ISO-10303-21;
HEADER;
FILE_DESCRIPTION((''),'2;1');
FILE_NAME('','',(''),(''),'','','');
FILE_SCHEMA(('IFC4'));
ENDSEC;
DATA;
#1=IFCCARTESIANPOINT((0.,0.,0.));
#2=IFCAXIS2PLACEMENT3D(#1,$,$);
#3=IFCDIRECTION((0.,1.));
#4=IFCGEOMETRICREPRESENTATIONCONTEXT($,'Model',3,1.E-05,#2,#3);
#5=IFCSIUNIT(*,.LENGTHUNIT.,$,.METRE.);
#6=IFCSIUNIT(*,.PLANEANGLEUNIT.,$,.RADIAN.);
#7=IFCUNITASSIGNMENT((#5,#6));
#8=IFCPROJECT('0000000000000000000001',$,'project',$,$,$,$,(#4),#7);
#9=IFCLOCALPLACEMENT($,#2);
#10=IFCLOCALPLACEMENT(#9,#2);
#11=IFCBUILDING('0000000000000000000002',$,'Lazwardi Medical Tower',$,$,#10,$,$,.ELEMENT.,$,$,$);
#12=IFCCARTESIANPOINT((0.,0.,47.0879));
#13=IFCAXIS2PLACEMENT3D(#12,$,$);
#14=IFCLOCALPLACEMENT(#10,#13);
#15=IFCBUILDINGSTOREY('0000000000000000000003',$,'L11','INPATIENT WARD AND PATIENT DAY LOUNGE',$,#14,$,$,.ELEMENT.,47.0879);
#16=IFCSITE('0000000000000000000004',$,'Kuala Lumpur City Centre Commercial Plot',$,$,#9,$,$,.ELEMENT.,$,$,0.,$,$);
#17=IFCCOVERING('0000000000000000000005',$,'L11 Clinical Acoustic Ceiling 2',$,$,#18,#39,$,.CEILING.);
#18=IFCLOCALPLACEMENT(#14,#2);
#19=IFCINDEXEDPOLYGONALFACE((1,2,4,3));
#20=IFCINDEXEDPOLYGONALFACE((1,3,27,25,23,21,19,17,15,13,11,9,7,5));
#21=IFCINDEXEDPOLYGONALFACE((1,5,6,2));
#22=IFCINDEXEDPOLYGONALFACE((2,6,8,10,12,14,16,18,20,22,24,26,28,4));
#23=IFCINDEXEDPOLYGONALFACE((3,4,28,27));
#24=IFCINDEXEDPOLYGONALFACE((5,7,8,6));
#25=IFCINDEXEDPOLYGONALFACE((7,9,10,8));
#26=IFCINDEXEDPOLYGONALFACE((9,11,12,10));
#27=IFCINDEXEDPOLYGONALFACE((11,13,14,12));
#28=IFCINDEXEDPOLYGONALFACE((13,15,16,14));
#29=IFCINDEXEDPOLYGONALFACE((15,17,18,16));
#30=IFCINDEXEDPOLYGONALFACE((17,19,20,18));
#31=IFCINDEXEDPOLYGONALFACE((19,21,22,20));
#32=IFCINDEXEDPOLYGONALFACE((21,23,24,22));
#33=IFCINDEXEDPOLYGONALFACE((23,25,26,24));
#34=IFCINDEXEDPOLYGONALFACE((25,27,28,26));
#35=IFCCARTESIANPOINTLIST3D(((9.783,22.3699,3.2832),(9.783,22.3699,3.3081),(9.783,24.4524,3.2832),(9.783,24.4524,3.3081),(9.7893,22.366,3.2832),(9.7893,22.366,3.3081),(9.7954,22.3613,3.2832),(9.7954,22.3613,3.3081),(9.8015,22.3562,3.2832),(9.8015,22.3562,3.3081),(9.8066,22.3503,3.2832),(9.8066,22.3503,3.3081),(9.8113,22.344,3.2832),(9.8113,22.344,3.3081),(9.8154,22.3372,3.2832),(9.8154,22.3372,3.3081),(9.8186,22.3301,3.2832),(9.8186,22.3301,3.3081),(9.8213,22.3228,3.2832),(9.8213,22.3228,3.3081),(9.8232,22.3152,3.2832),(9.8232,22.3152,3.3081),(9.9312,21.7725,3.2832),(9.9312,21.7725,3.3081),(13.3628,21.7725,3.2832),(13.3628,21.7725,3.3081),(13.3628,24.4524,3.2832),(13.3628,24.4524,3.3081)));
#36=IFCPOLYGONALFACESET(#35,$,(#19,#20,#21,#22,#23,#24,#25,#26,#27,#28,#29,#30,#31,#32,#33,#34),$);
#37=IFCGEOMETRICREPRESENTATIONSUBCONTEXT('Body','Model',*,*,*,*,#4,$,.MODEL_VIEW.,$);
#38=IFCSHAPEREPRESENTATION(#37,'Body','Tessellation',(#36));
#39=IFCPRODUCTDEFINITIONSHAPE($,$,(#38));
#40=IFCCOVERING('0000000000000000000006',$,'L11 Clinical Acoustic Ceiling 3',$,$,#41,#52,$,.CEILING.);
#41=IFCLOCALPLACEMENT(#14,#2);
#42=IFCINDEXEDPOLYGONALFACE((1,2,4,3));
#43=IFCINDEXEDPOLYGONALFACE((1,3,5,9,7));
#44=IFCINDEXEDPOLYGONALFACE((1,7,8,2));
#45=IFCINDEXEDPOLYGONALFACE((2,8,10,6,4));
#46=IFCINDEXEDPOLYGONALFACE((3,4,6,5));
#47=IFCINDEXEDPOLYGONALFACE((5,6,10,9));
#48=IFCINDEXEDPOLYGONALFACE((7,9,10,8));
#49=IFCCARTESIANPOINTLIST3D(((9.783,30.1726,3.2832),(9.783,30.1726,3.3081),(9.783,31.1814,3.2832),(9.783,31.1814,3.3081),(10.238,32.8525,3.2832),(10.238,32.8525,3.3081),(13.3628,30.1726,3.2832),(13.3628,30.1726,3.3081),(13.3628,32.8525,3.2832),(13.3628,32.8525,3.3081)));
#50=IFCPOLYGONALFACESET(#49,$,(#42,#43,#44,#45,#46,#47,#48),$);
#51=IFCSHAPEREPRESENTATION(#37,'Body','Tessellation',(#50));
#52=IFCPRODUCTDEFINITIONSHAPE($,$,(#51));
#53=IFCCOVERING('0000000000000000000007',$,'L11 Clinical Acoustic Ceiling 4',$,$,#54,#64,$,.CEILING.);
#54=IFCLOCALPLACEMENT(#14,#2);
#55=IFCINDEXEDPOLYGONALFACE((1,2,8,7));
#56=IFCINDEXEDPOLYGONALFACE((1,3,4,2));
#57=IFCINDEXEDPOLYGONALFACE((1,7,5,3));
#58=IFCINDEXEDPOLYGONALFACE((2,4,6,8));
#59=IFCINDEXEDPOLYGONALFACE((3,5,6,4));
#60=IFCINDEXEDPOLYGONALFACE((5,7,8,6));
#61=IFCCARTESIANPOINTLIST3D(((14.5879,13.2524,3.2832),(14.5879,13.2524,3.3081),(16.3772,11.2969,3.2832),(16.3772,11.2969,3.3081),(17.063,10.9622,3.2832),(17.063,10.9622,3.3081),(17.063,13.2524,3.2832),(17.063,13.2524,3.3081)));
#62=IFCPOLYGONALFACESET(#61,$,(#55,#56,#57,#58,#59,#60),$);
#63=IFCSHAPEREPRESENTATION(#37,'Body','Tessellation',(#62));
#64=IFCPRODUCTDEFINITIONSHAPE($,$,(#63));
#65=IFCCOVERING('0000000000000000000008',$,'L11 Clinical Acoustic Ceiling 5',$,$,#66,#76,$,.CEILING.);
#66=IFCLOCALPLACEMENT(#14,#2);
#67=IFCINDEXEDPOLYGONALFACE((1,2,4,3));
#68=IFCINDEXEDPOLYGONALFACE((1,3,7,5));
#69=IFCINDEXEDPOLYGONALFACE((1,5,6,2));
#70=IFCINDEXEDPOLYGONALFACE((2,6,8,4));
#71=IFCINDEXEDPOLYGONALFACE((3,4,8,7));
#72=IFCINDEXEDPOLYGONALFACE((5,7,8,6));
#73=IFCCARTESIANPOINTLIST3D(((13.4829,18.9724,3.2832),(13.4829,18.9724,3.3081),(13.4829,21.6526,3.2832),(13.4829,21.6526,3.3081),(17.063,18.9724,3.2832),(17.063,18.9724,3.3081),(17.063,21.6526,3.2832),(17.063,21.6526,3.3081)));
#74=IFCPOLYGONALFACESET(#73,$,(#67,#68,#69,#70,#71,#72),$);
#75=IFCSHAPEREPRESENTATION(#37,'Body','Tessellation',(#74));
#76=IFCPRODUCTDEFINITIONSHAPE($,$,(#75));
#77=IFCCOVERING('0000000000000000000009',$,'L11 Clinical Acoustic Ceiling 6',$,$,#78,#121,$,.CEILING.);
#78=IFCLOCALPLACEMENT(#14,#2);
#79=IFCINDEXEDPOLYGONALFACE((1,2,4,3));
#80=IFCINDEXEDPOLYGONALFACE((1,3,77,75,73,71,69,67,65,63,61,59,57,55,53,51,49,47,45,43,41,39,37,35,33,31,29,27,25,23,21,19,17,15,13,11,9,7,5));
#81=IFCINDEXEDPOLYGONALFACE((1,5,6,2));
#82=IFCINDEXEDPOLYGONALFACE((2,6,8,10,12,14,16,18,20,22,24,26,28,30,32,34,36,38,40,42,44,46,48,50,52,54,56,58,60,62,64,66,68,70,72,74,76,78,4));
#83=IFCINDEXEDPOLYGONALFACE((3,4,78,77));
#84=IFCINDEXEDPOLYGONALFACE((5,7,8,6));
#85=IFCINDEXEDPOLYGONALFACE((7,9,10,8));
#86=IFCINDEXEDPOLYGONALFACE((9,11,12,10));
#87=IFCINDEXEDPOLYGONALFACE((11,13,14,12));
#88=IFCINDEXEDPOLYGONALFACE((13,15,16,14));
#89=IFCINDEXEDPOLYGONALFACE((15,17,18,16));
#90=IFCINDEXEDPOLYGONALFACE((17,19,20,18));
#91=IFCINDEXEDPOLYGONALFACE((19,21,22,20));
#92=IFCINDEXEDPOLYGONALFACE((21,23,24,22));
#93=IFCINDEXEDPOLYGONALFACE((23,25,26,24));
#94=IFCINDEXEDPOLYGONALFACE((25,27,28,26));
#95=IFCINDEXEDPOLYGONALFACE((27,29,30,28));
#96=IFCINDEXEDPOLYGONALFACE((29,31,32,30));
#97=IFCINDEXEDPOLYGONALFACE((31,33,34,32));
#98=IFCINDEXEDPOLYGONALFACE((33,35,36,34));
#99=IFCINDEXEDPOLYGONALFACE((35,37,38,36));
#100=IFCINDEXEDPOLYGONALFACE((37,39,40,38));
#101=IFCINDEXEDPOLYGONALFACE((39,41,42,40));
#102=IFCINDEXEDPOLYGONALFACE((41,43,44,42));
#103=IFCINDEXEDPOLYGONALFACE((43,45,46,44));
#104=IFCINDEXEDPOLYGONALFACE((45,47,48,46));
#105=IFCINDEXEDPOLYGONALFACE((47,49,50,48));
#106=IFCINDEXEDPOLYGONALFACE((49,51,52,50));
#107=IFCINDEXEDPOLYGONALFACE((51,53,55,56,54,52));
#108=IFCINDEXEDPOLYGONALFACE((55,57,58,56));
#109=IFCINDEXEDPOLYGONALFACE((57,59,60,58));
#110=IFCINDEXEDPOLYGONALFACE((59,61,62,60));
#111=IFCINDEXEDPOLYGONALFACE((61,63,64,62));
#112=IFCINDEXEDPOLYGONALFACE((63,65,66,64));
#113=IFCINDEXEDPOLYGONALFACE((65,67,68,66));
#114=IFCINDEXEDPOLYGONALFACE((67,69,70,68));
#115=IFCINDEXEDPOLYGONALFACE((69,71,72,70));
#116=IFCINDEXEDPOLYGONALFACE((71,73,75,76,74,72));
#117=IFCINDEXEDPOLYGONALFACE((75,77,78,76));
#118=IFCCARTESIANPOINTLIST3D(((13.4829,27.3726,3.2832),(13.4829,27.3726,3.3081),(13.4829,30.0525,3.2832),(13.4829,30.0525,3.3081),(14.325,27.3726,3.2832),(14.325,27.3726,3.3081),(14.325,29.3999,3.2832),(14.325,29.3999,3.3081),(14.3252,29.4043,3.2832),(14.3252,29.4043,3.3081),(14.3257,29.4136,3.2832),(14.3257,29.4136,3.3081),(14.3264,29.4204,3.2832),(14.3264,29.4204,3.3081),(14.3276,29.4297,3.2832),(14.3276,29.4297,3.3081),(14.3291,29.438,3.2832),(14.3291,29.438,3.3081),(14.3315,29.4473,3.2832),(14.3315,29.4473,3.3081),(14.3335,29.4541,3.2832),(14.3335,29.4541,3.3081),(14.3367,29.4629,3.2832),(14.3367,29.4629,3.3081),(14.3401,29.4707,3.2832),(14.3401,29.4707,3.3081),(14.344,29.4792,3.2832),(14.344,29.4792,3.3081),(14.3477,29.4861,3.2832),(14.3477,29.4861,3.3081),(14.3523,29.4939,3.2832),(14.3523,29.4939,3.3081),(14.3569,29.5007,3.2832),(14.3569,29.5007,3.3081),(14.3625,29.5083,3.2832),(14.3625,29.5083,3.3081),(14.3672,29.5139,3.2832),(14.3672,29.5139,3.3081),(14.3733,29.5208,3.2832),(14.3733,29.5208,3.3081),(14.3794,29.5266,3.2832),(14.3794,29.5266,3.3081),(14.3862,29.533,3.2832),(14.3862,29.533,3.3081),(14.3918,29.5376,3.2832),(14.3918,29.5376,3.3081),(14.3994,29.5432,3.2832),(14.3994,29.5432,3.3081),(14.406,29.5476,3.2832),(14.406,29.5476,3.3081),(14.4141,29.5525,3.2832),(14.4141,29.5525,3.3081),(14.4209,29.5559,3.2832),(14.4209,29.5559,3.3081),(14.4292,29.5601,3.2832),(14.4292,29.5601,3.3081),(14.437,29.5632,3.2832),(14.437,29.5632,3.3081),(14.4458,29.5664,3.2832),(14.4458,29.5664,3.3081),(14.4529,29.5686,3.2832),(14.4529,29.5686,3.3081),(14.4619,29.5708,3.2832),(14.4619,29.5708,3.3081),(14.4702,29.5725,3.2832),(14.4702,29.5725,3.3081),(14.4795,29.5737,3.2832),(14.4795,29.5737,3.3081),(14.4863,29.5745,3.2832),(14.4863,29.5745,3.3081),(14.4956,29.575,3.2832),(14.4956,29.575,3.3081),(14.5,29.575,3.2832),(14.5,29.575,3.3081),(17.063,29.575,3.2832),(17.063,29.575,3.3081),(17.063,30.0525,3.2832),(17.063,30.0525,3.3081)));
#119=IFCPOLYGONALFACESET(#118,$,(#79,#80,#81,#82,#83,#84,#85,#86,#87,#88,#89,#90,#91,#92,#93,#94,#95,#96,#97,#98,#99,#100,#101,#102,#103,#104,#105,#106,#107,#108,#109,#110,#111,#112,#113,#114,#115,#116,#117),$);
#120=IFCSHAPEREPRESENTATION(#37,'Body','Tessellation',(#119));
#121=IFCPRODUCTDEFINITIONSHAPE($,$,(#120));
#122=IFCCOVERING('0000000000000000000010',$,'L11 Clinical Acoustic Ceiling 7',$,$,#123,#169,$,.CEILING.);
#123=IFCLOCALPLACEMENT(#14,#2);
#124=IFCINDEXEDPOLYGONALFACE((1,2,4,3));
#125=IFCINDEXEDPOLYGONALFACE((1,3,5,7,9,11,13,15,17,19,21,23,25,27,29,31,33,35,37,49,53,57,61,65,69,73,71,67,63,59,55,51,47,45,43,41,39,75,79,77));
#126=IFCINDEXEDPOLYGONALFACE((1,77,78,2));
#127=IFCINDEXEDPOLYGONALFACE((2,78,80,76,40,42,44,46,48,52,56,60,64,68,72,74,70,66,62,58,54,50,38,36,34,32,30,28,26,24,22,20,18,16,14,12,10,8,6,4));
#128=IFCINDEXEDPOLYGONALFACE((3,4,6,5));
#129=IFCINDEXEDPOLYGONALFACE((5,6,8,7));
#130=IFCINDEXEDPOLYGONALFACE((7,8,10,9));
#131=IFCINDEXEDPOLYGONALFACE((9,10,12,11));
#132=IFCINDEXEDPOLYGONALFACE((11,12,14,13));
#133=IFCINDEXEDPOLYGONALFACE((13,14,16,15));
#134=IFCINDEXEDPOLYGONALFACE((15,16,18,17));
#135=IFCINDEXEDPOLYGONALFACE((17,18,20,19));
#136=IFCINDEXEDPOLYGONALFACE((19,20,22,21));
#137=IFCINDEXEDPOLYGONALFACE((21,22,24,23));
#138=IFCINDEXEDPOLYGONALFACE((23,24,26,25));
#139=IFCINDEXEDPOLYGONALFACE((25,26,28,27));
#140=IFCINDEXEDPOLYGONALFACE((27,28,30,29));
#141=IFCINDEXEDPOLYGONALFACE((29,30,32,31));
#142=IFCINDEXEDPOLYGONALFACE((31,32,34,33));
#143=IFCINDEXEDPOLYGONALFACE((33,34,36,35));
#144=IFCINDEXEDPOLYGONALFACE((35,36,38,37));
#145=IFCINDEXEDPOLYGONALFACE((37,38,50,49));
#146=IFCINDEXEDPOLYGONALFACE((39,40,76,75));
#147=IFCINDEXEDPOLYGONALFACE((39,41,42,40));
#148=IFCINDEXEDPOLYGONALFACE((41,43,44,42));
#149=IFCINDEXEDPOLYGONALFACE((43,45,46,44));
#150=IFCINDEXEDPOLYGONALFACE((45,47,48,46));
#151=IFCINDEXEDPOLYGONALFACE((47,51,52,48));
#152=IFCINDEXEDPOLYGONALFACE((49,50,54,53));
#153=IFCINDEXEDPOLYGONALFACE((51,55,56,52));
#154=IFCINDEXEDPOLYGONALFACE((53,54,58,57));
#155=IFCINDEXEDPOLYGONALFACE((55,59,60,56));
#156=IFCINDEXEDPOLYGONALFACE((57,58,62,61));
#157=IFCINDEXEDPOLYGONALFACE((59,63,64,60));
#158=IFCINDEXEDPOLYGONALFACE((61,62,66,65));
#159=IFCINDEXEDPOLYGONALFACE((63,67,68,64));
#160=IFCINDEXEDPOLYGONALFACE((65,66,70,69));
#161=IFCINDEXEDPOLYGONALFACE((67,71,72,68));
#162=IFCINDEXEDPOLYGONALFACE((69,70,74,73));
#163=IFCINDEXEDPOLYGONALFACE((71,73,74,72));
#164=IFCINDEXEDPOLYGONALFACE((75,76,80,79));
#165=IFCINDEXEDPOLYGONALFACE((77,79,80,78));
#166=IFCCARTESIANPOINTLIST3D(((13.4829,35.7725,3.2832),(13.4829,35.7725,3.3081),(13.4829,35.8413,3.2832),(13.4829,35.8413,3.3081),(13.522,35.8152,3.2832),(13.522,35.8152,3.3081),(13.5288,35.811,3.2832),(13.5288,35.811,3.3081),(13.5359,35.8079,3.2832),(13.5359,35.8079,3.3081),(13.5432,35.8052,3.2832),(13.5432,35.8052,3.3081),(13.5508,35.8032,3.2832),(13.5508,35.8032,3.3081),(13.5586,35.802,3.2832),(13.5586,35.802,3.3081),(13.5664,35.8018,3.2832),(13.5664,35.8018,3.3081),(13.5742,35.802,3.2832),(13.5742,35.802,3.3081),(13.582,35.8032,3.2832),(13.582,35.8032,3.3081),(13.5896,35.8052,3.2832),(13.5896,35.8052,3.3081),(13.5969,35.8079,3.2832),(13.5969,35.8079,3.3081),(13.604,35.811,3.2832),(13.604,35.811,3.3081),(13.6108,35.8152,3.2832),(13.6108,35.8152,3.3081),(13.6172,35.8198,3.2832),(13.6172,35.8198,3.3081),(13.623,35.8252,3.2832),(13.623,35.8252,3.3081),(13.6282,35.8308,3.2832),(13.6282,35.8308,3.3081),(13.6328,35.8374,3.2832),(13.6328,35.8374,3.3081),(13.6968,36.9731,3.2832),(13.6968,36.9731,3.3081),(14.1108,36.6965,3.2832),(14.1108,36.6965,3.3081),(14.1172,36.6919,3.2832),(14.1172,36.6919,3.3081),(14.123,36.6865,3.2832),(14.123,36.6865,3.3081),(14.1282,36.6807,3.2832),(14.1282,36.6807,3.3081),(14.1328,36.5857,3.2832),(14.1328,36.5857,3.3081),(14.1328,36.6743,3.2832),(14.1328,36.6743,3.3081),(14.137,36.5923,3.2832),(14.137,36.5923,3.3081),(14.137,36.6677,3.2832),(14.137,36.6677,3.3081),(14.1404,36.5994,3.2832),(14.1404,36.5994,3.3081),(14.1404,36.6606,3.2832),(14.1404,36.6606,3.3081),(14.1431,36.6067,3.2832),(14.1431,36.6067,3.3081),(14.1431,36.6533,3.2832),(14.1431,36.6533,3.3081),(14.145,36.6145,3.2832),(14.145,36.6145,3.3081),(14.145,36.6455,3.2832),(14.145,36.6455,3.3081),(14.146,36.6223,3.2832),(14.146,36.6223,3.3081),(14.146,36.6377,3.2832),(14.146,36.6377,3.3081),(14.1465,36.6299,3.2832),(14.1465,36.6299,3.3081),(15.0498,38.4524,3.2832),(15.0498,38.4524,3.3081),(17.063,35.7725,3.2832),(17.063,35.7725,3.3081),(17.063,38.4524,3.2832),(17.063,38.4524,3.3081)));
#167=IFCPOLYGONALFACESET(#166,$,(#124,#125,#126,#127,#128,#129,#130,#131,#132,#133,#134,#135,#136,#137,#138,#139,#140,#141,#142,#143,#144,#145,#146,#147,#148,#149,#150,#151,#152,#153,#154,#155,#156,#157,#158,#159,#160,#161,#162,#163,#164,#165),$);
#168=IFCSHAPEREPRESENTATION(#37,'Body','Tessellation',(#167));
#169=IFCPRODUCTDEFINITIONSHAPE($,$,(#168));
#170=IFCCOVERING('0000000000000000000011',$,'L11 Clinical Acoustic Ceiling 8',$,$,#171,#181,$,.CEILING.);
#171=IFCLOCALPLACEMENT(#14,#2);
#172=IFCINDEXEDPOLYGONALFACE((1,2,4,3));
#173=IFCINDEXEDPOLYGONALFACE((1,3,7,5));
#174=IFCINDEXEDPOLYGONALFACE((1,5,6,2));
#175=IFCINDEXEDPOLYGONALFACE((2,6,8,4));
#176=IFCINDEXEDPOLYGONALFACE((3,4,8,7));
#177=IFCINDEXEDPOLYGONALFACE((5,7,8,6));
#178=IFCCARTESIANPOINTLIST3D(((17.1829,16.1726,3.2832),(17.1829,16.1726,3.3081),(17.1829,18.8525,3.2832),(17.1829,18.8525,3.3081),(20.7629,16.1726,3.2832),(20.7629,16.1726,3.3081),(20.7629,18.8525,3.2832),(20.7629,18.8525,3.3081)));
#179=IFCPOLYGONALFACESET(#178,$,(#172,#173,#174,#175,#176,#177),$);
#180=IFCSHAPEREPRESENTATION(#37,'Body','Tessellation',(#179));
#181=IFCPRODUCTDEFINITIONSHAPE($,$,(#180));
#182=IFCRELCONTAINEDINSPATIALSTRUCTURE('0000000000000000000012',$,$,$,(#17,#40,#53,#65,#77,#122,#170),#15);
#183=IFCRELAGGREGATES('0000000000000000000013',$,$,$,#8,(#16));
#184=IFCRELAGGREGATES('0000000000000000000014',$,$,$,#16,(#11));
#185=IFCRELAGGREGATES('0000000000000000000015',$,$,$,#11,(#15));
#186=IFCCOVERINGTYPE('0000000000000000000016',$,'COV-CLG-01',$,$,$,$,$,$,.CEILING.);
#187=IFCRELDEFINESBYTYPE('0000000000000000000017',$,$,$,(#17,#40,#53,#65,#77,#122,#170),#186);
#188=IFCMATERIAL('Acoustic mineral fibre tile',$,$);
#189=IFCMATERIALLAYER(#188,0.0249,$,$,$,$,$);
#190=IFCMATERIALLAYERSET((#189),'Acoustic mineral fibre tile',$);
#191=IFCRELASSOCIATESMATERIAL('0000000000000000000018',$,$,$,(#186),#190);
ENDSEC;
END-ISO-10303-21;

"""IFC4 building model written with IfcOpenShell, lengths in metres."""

from ifc_helpers import new_model, si_unit, direction, frame, origin, place, context, subcontext, project, spatial, polyline, outline, extrude, material, layer, layer_set, type_object, element, save


model = new_model("IFC4")

# Units and contexts
model_context = context("Model", 3, precision=1e-05, world=origin(), true_north=direction((0.0, 1.0)))
body_context = subcontext(model_context, "Body", "Model", "MODEL_VIEW")
ifc_project = project(units=[si_unit("LENGTHUNIT", "METRE"), si_unit("PLANEANGLEUNIT", "RADIAN")], contexts=[model_context])

# Site, building, storey
site_placement = place(None, origin())
site = spatial("IfcSite", under=ifc_project, at=site_placement, Name="Kuala Lumpur City Centre Commercial Plot", CompositionType="ELEMENT", RefElevation=0.0)
building_placement = place(site_placement, origin())
building = spatial("IfcBuilding", under=site, at=building_placement, Name="Lazwardi Medical Tower", CompositionType="ELEMENT")
storey_placement = place(building_placement, frame((0.0, 0.0, 47.0879)))
storey = spatial("IfcBuildingStorey", under=building, at=storey_placement, Name="L11", Description="INPATIENT WARD AND PATIENT DAY LOUNGE", CompositionType="ELEMENT", Elevation=47.0879)

# Coverings
ifc_material_1 = material(Name="Acoustic mineral fibre tile")
ifc_layer_1 = layer(ifc_material_1, 0.0249)
ifc_layer_set_1 = layer_set([ifc_layer_1], Name="Acoustic mineral fibre tile")
covering_type_1 = type_object("IfcCoveringType", Name="COV-CLG-01", PredefinedType="CEILING", material=ifc_layer_set_1)
covering_1_placement = place(storey_placement, frame((0.0, 0.0, 3.2832)))
element("IfcCovering", 1, at=covering_1_placement, inside=storey, type_object=covering_type_1, Name="L11 Clinical Acoustic Ceiling 2", PredefinedType="CEILING", context=body_context, shape_type="SweptSolid", body=[
    extrude(outline(polyline([(9.783, 22.3699), (9.7893, 22.366), (9.7954, 22.3613), (9.8015, 22.3562), (9.8066, 22.3503), (9.8113, 22.344), (9.8154, 22.3372), (9.8186, 22.3301), (9.8213, 22.3228), (9.8232, 22.3152), (9.9312, 21.7725), (13.3628, 21.7725), (13.3628, 24.4524), (9.783, 24.4524), (9.783, 22.3699)])), origin(), (0.0, 0.0, 1.0), 0.0249),
])
covering_2_placement = place(storey_placement, frame((0.0, 0.0, 3.2832)))
element("IfcCovering", 2, at=covering_2_placement, inside=storey, type_object=covering_type_1, Name="L11 Clinical Acoustic Ceiling 3", PredefinedType="CEILING", context=body_context, shape_type="SweptSolid", body=[
    extrude(outline(polyline([(10.238, 32.8525), (9.783, 31.1814), (9.783, 30.1726), (13.3628, 30.1726), (13.3628, 32.8525), (10.238, 32.8525)])), origin(), (0.0, 0.0, 1.0), 0.0249),
])
covering_3_placement = place(storey_placement, frame((0.0, 0.0, 3.2832)))
element("IfcCovering", 3, at=covering_3_placement, inside=storey, type_object=covering_type_1, Name="L11 Clinical Acoustic Ceiling 4", PredefinedType="CEILING", context=body_context, shape_type="SweptSolid", body=[
    extrude(outline(polyline([(14.5879, 13.2524), (16.3772, 11.2969), (17.063, 10.9622), (17.063, 13.2524), (14.5879, 13.2524)])), origin(), (0.0, 0.0, 1.0), 0.0249),
])
covering_4_placement = place(storey_placement, frame((0.0, 0.0, 3.2832)))
element("IfcCovering", 4, at=covering_4_placement, inside=storey, type_object=covering_type_1, Name="L11 Clinical Acoustic Ceiling 5", PredefinedType="CEILING", context=body_context, shape_type="SweptSolid", body=[
    extrude(outline(polyline([(17.063, 18.9724), (17.063, 21.6526), (13.4829, 21.6526), (13.4829, 18.9724), (17.063, 18.9724)])), origin(), (0.0, 0.0, 1.0), 0.0249),
])
covering_5_placement = place(storey_placement, frame((0.0, 0.0, 3.2832)))
element("IfcCovering", 5, at=covering_5_placement, inside=storey, type_object=covering_type_1, Name="L11 Clinical Acoustic Ceiling 6", PredefinedType="CEILING", context=body_context, shape_type="SweptSolid", body=[
    extrude(outline(polyline([(14.325, 27.3726), (14.325, 29.3999), (14.3252, 29.4043), (14.3257, 29.4136), (14.3264, 29.4204), (14.3276, 29.4297), (14.3291, 29.438), (14.3315, 29.4473), (14.3335, 29.4541), (14.3367, 29.4629), (14.3401, 29.4707), (14.344, 29.4792), (14.3477, 29.4861), (14.3523, 29.4939), (14.3569, 29.5007), (14.3625, 29.5083), (14.3672, 29.5139), (14.3733, 29.5208), (14.3794, 29.5266), (14.3862, 29.533), (14.3918, 29.5376), (14.3994, 29.5432), (14.406, 29.5476), (14.4141, 29.5525), (14.4209, 29.5559), (14.4292, 29.5601), (14.437, 29.5632), (14.4458, 29.5664), (14.4529, 29.5686), (14.4619, 29.5708), (14.4702, 29.5725), (14.4795, 29.5737), (14.4863, 29.5745), (14.4956, 29.575), (14.5, 29.575), (17.063, 29.575), (17.063, 30.0525), (13.4829, 30.0525), (13.4829, 27.3726), (14.325, 27.3726)])), origin(), (0.0, 0.0, 1.0), 0.0249),
])
covering_6_placement = place(storey_placement, frame((0.0, 0.0, 3.2832)))
element("IfcCovering", 6, at=covering_6_placement, inside=storey, type_object=covering_type_1, Name="L11 Clinical Acoustic Ceiling 7", PredefinedType="CEILING", context=body_context, shape_type="SweptSolid", body=[
    extrude(outline(polyline([(15.0498, 38.4524), (13.6968, 36.9731), (14.1108, 36.6965), (14.1172, 36.6919), (14.123, 36.6865), (14.1282, 36.6807), (14.1328, 36.6743), (14.137, 36.6677), (14.1404, 36.6606), (14.1431, 36.6533), (14.145, 36.6455), (14.146, 36.6377), (14.1465, 36.6299), (14.146, 36.6223), (14.145, 36.6145), (14.1431, 36.6067), (14.1404, 36.5994), (14.137, 36.5923), (14.1328, 36.5857), (13.6328, 35.8374), (13.6282, 35.8308), (13.623, 35.8252), (13.6172, 35.8198), (13.6108, 35.8152), (13.604, 35.811), (13.5969, 35.8079), (13.5896, 35.8052), (13.582, 35.8032), (13.5742, 35.802), (13.5664, 35.8018), (13.5586, 35.802), (13.5508, 35.8032), (13.5432, 35.8052), (13.5359, 35.8079), (13.5288, 35.811), (13.522, 35.8152), (13.4829, 35.8413), (13.4829, 35.7725), (17.063, 35.7725), (17.063, 38.4524), (15.0498, 38.4524)])), origin(), (0.0, 0.0, 1.0), 0.0249),
])
covering_7_placement = place(storey_placement, frame((0.0, 0.0, 3.2832)))
element("IfcCovering", 7, at=covering_7_placement, inside=storey, type_object=covering_type_1, Name="L11 Clinical Acoustic Ceiling 8", PredefinedType="CEILING", context=body_context, shape_type="SweptSolid", body=[
    extrude(outline(polyline([(20.7629, 16.1726), (20.7629, 18.8525), (17.1829, 18.8525), (17.1829, 16.1726), (20.7629, 16.1726)])), origin(), (0.0, 0.0, 1.0), 0.0249),
])

save(model, "model.ifc")
